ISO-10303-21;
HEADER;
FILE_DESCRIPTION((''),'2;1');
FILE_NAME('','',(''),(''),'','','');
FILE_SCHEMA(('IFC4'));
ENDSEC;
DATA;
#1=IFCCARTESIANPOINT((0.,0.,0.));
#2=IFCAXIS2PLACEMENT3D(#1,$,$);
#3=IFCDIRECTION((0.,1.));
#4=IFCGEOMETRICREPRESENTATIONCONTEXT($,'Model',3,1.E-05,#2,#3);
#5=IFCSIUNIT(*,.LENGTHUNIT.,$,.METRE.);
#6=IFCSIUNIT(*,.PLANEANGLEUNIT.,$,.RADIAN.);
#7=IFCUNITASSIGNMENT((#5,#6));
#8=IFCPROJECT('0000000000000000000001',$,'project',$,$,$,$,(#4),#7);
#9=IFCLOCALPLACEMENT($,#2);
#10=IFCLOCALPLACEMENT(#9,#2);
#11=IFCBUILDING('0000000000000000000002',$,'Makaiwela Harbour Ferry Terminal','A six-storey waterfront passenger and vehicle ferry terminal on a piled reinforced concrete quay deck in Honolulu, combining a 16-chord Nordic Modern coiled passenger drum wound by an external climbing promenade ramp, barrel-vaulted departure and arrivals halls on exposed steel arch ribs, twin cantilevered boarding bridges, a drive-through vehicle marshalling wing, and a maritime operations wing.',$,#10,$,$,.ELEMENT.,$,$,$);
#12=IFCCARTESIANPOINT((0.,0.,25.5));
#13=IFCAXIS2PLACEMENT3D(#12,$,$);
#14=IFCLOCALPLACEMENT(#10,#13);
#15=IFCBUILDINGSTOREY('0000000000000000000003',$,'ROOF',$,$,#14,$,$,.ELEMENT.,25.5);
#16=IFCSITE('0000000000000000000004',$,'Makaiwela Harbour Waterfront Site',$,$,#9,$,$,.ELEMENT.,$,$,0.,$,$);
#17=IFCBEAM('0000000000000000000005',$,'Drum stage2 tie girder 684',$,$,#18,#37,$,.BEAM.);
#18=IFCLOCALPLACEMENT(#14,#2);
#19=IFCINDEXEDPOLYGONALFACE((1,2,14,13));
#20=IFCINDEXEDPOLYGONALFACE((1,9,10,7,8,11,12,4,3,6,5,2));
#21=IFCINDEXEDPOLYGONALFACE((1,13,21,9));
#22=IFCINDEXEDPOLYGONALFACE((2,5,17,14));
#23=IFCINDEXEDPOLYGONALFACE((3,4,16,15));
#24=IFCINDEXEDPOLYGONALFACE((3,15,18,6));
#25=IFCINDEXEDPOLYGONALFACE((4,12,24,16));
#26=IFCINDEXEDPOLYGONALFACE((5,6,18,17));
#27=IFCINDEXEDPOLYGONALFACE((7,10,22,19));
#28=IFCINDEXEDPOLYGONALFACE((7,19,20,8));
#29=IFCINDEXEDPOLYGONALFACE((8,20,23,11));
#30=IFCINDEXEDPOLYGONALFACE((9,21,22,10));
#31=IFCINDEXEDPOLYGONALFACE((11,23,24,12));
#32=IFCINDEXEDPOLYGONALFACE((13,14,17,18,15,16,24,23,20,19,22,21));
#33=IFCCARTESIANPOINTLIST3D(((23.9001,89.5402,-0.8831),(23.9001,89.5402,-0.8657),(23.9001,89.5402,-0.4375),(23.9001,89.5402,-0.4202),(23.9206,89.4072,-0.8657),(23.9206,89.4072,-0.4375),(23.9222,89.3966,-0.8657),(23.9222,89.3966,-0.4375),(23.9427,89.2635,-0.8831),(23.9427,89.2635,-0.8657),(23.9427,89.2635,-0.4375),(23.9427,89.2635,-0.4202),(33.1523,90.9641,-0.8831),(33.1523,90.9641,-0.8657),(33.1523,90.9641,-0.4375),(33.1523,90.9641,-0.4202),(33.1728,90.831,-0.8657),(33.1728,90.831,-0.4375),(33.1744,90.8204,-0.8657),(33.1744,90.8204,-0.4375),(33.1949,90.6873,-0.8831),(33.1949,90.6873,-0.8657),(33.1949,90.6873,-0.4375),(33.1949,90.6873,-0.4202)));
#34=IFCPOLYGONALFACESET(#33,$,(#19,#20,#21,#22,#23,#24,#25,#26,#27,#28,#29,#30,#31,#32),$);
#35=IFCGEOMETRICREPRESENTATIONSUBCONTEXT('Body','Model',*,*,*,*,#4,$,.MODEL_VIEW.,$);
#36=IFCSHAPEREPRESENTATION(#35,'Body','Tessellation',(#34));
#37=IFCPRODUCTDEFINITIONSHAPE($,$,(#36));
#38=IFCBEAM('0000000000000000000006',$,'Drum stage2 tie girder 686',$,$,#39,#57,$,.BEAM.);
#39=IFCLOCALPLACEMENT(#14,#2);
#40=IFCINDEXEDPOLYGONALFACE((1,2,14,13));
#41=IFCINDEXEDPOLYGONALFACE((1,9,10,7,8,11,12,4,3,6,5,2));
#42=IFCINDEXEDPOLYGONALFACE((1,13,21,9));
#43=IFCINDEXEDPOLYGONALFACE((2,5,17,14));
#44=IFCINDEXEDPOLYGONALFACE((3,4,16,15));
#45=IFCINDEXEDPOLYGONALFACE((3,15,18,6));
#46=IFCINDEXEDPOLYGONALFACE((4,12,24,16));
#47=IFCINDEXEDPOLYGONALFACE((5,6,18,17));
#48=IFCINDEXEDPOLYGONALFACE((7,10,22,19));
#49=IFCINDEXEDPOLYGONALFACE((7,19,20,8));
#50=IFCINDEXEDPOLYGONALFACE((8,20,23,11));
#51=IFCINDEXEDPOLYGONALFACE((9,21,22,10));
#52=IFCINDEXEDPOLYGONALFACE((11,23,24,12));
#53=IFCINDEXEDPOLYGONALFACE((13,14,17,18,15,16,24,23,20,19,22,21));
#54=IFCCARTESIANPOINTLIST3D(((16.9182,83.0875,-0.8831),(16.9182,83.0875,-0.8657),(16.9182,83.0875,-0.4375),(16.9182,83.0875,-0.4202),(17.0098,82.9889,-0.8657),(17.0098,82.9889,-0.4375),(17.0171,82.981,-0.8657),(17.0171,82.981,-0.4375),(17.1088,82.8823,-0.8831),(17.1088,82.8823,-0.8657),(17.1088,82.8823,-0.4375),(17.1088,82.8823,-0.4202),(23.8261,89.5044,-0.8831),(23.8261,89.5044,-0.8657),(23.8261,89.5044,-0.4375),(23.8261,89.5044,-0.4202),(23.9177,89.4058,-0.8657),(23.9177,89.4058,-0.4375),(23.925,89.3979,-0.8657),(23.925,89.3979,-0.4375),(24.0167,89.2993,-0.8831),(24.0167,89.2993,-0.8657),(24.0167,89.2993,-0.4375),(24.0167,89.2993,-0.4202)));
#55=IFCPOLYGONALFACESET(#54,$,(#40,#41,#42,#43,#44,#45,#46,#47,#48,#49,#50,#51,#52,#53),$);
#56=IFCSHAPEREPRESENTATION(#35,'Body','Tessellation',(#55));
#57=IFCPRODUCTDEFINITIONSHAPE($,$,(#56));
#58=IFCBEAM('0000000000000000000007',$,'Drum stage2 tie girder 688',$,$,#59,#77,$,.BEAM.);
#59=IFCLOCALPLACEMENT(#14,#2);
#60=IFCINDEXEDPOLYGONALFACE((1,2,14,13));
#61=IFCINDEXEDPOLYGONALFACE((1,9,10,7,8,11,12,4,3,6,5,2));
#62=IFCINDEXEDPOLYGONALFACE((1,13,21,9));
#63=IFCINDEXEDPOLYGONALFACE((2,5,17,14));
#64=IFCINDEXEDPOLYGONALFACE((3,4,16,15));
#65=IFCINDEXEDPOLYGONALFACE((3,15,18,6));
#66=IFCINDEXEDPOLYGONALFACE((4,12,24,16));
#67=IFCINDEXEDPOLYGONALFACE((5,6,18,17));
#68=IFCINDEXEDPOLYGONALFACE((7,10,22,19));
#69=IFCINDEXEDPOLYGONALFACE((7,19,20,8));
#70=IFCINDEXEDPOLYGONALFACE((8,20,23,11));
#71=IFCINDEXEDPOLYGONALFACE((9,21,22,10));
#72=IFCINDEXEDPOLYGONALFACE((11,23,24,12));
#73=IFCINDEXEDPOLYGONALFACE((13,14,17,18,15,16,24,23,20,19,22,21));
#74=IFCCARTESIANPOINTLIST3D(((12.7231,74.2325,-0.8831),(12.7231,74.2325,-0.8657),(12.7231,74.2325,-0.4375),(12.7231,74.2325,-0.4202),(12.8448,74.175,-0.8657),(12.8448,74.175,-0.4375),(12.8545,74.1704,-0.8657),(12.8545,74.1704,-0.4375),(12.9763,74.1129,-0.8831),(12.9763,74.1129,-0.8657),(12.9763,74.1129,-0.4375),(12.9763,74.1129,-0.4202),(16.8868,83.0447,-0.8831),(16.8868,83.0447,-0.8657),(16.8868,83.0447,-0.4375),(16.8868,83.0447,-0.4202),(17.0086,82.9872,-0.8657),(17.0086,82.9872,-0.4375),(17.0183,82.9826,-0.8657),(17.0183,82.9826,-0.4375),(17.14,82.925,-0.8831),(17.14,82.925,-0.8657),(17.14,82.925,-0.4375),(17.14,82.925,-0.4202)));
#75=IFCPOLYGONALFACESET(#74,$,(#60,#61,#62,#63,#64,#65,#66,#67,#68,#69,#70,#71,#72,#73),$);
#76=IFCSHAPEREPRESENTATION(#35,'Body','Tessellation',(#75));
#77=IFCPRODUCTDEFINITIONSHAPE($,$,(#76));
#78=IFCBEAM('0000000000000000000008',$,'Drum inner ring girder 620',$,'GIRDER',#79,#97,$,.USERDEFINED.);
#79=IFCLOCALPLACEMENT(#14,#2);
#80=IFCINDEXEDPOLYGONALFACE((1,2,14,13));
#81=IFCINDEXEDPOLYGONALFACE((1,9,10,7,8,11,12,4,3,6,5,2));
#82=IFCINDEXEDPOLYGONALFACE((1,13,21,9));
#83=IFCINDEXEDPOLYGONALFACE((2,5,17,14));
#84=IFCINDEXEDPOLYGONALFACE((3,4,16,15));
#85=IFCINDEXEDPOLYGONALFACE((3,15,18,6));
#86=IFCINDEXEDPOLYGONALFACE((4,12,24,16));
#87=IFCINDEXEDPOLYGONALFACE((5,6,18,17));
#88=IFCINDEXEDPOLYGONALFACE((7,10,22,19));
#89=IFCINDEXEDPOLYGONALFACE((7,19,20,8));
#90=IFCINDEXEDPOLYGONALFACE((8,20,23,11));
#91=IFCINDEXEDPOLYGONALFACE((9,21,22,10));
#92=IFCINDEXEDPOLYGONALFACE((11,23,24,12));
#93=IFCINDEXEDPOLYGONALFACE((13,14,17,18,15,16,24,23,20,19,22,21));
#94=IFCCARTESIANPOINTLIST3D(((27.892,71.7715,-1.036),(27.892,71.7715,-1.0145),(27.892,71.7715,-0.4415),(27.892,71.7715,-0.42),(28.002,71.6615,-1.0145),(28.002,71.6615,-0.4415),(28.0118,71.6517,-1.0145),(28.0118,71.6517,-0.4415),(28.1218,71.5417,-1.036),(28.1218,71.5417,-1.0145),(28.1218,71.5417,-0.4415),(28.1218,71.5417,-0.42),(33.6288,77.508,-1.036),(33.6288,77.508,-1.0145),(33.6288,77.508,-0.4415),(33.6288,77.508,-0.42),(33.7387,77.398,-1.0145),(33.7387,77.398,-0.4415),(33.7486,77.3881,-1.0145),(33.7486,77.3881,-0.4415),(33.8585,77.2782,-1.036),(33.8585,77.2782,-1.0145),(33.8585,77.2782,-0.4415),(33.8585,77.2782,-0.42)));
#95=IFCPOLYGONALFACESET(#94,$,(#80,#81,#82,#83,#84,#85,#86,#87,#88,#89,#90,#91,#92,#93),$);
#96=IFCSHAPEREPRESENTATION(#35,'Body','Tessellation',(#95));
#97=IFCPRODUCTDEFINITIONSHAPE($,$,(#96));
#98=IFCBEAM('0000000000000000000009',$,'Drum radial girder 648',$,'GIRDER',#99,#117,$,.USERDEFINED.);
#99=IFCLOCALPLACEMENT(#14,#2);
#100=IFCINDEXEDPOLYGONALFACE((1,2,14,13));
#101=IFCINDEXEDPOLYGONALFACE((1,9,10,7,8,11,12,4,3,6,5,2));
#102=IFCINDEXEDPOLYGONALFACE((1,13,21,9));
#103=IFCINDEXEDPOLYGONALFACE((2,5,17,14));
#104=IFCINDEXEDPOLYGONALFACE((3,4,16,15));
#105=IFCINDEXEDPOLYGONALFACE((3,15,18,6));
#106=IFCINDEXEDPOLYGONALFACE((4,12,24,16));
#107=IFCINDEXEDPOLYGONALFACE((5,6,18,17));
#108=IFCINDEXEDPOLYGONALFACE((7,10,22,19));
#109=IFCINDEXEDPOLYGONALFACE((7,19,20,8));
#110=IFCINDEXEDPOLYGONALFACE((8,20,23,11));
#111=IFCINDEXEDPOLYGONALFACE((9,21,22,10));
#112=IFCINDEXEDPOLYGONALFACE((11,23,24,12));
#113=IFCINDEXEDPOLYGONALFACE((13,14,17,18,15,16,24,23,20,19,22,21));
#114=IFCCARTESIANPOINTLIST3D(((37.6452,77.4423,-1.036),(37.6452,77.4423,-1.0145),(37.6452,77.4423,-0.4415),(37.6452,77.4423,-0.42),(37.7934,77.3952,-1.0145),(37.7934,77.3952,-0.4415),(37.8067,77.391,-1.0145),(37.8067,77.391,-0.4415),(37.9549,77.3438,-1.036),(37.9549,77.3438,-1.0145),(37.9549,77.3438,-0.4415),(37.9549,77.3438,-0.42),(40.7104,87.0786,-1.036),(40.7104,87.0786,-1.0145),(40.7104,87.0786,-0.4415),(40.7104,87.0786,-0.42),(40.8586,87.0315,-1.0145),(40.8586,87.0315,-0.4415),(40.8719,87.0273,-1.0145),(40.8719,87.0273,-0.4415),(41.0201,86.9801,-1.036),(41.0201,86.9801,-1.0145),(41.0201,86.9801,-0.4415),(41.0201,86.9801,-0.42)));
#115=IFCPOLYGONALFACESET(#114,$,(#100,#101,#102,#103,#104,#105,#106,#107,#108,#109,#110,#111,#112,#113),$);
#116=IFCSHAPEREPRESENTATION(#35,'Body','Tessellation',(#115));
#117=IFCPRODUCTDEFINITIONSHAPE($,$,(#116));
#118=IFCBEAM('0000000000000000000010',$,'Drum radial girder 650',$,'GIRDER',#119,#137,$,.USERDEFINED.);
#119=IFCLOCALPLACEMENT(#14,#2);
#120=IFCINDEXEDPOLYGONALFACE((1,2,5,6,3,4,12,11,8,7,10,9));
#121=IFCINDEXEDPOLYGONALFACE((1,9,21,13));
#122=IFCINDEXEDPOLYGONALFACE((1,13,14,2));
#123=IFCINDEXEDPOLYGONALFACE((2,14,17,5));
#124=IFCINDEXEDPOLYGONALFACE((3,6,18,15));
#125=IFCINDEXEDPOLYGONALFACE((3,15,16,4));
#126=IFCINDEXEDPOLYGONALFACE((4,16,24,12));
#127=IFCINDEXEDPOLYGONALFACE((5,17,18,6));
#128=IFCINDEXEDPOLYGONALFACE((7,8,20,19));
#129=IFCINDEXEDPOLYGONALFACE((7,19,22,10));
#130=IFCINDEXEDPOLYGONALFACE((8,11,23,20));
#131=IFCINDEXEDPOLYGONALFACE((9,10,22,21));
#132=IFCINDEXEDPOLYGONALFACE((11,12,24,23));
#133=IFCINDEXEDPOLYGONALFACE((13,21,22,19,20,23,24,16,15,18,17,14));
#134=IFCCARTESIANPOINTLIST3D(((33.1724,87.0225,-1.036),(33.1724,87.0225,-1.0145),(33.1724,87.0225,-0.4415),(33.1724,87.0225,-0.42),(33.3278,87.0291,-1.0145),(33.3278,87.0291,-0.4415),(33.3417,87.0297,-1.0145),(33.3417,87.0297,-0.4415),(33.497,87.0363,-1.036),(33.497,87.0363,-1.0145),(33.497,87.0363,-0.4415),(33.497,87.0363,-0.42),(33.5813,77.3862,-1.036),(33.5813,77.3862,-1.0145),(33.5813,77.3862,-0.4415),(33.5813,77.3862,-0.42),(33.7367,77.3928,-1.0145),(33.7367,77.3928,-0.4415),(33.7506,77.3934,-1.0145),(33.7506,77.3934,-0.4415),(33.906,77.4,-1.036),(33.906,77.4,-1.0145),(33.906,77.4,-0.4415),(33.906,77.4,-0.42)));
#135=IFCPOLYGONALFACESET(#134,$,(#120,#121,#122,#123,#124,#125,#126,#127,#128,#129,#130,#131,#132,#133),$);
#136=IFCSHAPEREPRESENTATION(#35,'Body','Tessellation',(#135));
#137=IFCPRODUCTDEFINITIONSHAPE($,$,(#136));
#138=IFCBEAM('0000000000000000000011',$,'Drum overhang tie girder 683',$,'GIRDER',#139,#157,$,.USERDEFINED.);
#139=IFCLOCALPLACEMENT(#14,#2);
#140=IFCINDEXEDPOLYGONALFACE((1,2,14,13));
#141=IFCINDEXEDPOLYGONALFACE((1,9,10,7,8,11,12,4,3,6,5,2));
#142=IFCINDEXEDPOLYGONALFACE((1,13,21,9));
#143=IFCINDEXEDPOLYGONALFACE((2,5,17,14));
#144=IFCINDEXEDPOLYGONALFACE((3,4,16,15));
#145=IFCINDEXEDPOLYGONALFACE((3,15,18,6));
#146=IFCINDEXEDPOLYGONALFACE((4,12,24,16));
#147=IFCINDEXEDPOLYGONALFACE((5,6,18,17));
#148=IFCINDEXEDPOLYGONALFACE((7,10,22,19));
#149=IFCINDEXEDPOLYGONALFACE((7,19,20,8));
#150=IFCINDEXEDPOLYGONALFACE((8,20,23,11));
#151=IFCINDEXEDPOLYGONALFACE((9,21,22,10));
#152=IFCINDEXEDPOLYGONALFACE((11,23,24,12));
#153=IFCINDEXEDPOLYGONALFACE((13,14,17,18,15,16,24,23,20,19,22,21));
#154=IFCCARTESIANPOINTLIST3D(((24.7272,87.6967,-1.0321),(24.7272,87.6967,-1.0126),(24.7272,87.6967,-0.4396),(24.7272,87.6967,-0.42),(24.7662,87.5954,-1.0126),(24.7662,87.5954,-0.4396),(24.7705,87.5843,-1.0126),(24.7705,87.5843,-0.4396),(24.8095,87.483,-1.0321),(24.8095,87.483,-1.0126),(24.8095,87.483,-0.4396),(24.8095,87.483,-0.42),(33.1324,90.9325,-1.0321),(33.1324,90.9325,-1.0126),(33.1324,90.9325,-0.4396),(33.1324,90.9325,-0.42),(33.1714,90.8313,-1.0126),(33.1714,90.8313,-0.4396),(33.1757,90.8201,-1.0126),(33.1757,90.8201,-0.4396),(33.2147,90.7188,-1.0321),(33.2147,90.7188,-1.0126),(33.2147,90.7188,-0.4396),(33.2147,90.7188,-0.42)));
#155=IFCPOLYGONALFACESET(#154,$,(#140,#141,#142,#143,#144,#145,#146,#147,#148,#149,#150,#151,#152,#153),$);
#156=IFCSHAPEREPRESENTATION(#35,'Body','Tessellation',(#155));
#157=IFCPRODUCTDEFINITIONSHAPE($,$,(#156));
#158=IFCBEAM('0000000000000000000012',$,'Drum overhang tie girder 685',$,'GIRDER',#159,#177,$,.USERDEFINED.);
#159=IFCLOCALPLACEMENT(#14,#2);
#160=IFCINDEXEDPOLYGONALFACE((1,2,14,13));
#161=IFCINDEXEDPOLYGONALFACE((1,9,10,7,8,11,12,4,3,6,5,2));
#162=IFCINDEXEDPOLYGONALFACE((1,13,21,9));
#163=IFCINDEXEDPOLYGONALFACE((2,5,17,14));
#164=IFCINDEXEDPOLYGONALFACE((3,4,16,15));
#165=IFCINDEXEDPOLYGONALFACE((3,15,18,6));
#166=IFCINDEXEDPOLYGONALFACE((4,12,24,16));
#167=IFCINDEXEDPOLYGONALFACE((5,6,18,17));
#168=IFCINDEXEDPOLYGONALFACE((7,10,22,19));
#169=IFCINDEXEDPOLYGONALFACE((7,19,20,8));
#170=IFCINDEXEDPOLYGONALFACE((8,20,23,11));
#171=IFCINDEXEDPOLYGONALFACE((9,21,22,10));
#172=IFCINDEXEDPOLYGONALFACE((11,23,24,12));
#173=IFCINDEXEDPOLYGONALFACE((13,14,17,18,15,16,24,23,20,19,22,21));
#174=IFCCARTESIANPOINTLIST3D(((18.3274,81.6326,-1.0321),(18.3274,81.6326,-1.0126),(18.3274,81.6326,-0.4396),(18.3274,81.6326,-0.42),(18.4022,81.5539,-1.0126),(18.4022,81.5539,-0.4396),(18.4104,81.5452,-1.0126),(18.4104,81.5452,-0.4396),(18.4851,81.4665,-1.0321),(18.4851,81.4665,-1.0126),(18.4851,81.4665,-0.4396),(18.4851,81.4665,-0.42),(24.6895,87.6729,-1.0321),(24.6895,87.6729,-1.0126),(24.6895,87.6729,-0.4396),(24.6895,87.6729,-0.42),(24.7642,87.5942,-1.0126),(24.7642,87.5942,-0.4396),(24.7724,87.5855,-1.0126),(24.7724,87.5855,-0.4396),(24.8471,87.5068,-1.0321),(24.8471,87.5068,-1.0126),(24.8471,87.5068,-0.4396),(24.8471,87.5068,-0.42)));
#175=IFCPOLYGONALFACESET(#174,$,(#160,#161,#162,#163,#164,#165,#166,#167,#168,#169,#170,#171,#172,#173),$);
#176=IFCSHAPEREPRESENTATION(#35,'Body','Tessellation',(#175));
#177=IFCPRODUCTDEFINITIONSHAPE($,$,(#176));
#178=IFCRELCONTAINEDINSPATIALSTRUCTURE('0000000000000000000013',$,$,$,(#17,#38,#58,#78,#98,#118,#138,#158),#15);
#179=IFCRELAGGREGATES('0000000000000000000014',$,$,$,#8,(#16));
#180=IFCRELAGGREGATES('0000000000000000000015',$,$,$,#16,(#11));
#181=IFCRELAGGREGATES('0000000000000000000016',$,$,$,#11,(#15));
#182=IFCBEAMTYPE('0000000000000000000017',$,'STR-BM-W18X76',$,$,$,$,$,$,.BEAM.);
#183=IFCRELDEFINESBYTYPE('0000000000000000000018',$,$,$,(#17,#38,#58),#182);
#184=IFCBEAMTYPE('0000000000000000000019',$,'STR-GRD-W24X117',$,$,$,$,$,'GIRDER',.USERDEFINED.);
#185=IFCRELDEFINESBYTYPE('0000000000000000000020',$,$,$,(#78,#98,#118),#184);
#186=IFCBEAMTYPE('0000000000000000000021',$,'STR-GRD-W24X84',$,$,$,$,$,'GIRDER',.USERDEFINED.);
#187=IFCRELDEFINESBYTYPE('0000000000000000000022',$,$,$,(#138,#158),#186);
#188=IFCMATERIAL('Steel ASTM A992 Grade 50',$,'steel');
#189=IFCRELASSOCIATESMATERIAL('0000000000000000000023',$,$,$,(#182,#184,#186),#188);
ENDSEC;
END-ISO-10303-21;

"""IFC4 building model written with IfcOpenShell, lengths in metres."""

from ifc_helpers import new_model, si_unit, direction, frame, origin, origin_2d, place, context, subcontext, project, spatial, i_section, extrude, material, material_profile, profile_set, type_object, element, save


model = new_model("IFC4")

# Units and contexts
model_context = context("Model", 3, precision=1e-05, world=origin(), true_north=direction((0.0, 1.0)))
body_context = subcontext(model_context, "Body", "Model", "MODEL_VIEW")
ifc_project = project(units=[si_unit("LENGTHUNIT", "METRE"), si_unit("PLANEANGLEUNIT", "RADIAN")], contexts=[model_context])

# Site, building, storey
site_placement = place(None, origin())
site = spatial("IfcSite", under=ifc_project, at=site_placement, Name="Makaiwela Harbour Waterfront Site", CompositionType="ELEMENT", RefElevation=0.0)
building_placement = place(site_placement, origin())
building = spatial("IfcBuilding", under=site, at=building_placement, Name="Makaiwela Harbour Ferry Terminal", Description="A six-storey waterfront passenger and vehicle ferry terminal on a piled reinforced concrete quay deck in Honolulu, combining a 16-chord Nordic Modern coiled passenger drum wound by an external climbing promenade ramp, barrel-vaulted departure and arrivals halls on exposed steel arch ribs, twin cantilevered boarding bridges, a drive-through vehicle marshalling wing, and a maritime operations wing.", CompositionType="ELEMENT")
storey_placement = place(building_placement, frame((0.0, 0.0, 25.5)))
storey = spatial("IfcBuildingStorey", under=building, at=storey_placement, Name="ROOF", CompositionType="ELEMENT", Elevation=25.5)

# Beams
ifc_material_1 = material(Name="Steel ASTM A992 Grade 50", Category="steel")
ifc_material_profile_1 = material_profile(ifc_material_1, i_section(OverallWidth=0.28, OverallDepth=0.4629, WebThickness=0.0107, FlangeThickness=0.0173, at=origin_2d()), Name="W18X76")
ifc_profile_set_1 = profile_set([ifc_material_profile_1], Name="Steel ASTM A992 Grade 50")
beam_type_1 = type_object("IfcBeamType", Name="STR-BM-W18X76", PredefinedType="BEAM", material=ifc_profile_set_1)
beam_1_placement = place(storey_placement, frame((33.1736, 90.8257, -0.6516), z_axis=(-0.988365, -0.1521, 0.0), x_axis=(0.1521, -0.988365, 0.0)))
element("IfcBeam", 1, at=beam_1_placement, inside=storey, type_object=beam_type_1, Name="Drum stage2 tie girder 684", PredefinedType="BEAM", context=body_context, shape_type="SweptSolid", body=[
    extrude(i_section(OverallWidth=0.28, OverallDepth=0.4629, WebThickness=0.0107, FlangeThickness=0.0173, at=origin_2d()), origin(), (0.0, 0.0, 1.0), 9.3611),
])
beam_2_placement = place(storey_placement, frame((23.9214, 89.4019, -0.6516), z_axis=(-0.732663, -0.680591, 0.0), x_axis=(0.680591, -0.732663, 0.0)))
element("IfcBeam", 2, at=beam_2_placement, inside=storey, type_object=beam_type_1, Name="Drum stage2 tie girder 686", PredefinedType="BEAM", context=body_context, shape_type="SweptSolid", body=[
    extrude(i_section(OverallWidth=0.28, OverallDepth=0.4629, WebThickness=0.0107, FlangeThickness=0.0173, at=origin_2d()), origin(), (0.0, 0.0, 1.0), 9.4285),
])
beam_3_placement = place(storey_placement, frame((17.0134, 82.9849, -0.6516), z_axis=(-0.427214, -0.904151, 0.0), x_axis=(0.904151, -0.427214, 0.0)))
element("IfcBeam", 3, at=beam_3_placement, inside=storey, type_object=beam_type_1, Name="Drum stage2 tie girder 688", PredefinedType="BEAM", context=body_context, shape_type="SweptSolid", body=[
    extrude(i_section(OverallWidth=0.28, OverallDepth=0.4629, WebThickness=0.0107, FlangeThickness=0.0173, at=origin_2d()), origin(), (0.0, 0.0, 1.0), 9.7463),
])
ifc_material_profile_2 = material_profile(ifc_material_1, i_section(OverallWidth=0.325, OverallDepth=0.616, WebThickness=0.0139, FlangeThickness=0.0215, at=origin_2d()), Name="W24X117")
ifc_profile_set_2 = profile_set([ifc_material_profile_2], Name="Steel ASTM A992 Grade 50")
beam_type_2 = type_object("IfcBeamType", Name="STR-GRD-W24X117", ElementType="GIRDER", PredefinedType="USERDEFINED", material=ifc_profile_set_2)
beam_4_placement = place(storey_placement, frame((33.7437, 77.3931, -0.728), z_axis=(-0.707122, -0.707092, 0.0), x_axis=(0.707092, -0.707122, 0.0)))
element("IfcBeam", 4, at=beam_4_placement, inside=storey, type_object=beam_type_2, Name="Drum inner ring girder 620", ObjectType="GIRDER", PredefinedType="USERDEFINED", context=body_context, shape_type="SweptSolid", body=[
    extrude(i_section(OverallWidth=0.325, OverallDepth=0.616, WebThickness=0.0139, FlangeThickness=0.0215, at=origin_2d()), origin(), (0.0, 0.0, 1.0), 8.1128),
])
beam_5_placement = place(storey_placement, frame((37.8, 77.3931, -0.728), z_axis=(0.303124, 0.952951, 0.0), x_axis=(-0.952951, 0.303124, 0.0)))
element("IfcBeam", 5, at=beam_5_placement, inside=storey, type_object=beam_type_2, Name="Drum radial girder 648", ObjectType="GIRDER", PredefinedType="USERDEFINED", context=body_context, shape_type="SweptSolid", body=[
    extrude(i_section(OverallWidth=0.325, OverallDepth=0.616, WebThickness=0.0139, FlangeThickness=0.0215, at=origin_2d()), origin(), (0.0, 0.0, 1.0), 10.1121),
])
beam_6_placement = place(storey_placement, frame((33.7437, 77.3931, -0.728), z_axis=(-0.042399, 0.999101, 0.0), x_axis=(-0.999101, -0.042399, 0.0)))
element("IfcBeam", 6, at=beam_6_placement, inside=storey, type_object=beam_type_2, Name="Drum radial girder 650", ObjectType="GIRDER", PredefinedType="USERDEFINED", context=body_context, shape_type="SweptSolid", body=[
    extrude(i_section(OverallWidth=0.325, OverallDepth=0.616, WebThickness=0.0139, FlangeThickness=0.0215, at=origin_2d()), origin(), (0.0, 0.0, 1.0), 9.645),
])
ifc_material_profile_3 = material_profile(ifc_material_1, i_section(OverallWidth=0.229, OverallDepth=0.6121, WebThickness=0.012, FlangeThickness=0.0195, at=origin_2d()), Name="W24X84")
ifc_profile_set_3 = profile_set([ifc_material_profile_3], Name="Steel ASTM A992 Grade 50")
beam_type_3 = type_object("IfcBeamType", Name="STR-GRD-W24X84", ElementType="GIRDER", PredefinedType="USERDEFINED", material=ifc_profile_set_3)
beam_7_placement = place(storey_placement, frame((33.1736, 90.8257, -0.7261), z_axis=(-0.933232, -0.359273, 0.0), x_axis=(0.359273, -0.933232, 0.0)))
element("IfcBeam", 7, at=beam_7_placement, inside=storey, type_object=beam_type_3, Name="Drum overhang tie girder 683", ObjectType="GIRDER", PredefinedType="USERDEFINED", context=body_context, shape_type="SweptSolid", body=[
    extrude(i_section(OverallWidth=0.229, OverallDepth=0.6121, WebThickness=0.012, FlangeThickness=0.0195, at=origin_2d()), origin(), (0.0, 0.0, 1.0), 9.0066),
])
beam_8_placement = place(storey_placement, frame((24.7683, 87.5898, -0.7261), z_axis=(-0.725209, -0.688529, 0.0), x_axis=(0.688529, -0.725209, 0.0)))
element("IfcBeam", 8, at=beam_8_placement, inside=storey, type_object=beam_type_3, Name="Drum overhang tie girder 685", ObjectType="GIRDER", PredefinedType="USERDEFINED", context=body_context, shape_type="SweptSolid", body=[
    extrude(i_section(OverallWidth=0.229, OverallDepth=0.6121, WebThickness=0.012, FlangeThickness=0.0195, at=origin_2d()), origin(), (0.0, 0.0, 1.0), 8.7727),
])

save(model, "model.ifc")
